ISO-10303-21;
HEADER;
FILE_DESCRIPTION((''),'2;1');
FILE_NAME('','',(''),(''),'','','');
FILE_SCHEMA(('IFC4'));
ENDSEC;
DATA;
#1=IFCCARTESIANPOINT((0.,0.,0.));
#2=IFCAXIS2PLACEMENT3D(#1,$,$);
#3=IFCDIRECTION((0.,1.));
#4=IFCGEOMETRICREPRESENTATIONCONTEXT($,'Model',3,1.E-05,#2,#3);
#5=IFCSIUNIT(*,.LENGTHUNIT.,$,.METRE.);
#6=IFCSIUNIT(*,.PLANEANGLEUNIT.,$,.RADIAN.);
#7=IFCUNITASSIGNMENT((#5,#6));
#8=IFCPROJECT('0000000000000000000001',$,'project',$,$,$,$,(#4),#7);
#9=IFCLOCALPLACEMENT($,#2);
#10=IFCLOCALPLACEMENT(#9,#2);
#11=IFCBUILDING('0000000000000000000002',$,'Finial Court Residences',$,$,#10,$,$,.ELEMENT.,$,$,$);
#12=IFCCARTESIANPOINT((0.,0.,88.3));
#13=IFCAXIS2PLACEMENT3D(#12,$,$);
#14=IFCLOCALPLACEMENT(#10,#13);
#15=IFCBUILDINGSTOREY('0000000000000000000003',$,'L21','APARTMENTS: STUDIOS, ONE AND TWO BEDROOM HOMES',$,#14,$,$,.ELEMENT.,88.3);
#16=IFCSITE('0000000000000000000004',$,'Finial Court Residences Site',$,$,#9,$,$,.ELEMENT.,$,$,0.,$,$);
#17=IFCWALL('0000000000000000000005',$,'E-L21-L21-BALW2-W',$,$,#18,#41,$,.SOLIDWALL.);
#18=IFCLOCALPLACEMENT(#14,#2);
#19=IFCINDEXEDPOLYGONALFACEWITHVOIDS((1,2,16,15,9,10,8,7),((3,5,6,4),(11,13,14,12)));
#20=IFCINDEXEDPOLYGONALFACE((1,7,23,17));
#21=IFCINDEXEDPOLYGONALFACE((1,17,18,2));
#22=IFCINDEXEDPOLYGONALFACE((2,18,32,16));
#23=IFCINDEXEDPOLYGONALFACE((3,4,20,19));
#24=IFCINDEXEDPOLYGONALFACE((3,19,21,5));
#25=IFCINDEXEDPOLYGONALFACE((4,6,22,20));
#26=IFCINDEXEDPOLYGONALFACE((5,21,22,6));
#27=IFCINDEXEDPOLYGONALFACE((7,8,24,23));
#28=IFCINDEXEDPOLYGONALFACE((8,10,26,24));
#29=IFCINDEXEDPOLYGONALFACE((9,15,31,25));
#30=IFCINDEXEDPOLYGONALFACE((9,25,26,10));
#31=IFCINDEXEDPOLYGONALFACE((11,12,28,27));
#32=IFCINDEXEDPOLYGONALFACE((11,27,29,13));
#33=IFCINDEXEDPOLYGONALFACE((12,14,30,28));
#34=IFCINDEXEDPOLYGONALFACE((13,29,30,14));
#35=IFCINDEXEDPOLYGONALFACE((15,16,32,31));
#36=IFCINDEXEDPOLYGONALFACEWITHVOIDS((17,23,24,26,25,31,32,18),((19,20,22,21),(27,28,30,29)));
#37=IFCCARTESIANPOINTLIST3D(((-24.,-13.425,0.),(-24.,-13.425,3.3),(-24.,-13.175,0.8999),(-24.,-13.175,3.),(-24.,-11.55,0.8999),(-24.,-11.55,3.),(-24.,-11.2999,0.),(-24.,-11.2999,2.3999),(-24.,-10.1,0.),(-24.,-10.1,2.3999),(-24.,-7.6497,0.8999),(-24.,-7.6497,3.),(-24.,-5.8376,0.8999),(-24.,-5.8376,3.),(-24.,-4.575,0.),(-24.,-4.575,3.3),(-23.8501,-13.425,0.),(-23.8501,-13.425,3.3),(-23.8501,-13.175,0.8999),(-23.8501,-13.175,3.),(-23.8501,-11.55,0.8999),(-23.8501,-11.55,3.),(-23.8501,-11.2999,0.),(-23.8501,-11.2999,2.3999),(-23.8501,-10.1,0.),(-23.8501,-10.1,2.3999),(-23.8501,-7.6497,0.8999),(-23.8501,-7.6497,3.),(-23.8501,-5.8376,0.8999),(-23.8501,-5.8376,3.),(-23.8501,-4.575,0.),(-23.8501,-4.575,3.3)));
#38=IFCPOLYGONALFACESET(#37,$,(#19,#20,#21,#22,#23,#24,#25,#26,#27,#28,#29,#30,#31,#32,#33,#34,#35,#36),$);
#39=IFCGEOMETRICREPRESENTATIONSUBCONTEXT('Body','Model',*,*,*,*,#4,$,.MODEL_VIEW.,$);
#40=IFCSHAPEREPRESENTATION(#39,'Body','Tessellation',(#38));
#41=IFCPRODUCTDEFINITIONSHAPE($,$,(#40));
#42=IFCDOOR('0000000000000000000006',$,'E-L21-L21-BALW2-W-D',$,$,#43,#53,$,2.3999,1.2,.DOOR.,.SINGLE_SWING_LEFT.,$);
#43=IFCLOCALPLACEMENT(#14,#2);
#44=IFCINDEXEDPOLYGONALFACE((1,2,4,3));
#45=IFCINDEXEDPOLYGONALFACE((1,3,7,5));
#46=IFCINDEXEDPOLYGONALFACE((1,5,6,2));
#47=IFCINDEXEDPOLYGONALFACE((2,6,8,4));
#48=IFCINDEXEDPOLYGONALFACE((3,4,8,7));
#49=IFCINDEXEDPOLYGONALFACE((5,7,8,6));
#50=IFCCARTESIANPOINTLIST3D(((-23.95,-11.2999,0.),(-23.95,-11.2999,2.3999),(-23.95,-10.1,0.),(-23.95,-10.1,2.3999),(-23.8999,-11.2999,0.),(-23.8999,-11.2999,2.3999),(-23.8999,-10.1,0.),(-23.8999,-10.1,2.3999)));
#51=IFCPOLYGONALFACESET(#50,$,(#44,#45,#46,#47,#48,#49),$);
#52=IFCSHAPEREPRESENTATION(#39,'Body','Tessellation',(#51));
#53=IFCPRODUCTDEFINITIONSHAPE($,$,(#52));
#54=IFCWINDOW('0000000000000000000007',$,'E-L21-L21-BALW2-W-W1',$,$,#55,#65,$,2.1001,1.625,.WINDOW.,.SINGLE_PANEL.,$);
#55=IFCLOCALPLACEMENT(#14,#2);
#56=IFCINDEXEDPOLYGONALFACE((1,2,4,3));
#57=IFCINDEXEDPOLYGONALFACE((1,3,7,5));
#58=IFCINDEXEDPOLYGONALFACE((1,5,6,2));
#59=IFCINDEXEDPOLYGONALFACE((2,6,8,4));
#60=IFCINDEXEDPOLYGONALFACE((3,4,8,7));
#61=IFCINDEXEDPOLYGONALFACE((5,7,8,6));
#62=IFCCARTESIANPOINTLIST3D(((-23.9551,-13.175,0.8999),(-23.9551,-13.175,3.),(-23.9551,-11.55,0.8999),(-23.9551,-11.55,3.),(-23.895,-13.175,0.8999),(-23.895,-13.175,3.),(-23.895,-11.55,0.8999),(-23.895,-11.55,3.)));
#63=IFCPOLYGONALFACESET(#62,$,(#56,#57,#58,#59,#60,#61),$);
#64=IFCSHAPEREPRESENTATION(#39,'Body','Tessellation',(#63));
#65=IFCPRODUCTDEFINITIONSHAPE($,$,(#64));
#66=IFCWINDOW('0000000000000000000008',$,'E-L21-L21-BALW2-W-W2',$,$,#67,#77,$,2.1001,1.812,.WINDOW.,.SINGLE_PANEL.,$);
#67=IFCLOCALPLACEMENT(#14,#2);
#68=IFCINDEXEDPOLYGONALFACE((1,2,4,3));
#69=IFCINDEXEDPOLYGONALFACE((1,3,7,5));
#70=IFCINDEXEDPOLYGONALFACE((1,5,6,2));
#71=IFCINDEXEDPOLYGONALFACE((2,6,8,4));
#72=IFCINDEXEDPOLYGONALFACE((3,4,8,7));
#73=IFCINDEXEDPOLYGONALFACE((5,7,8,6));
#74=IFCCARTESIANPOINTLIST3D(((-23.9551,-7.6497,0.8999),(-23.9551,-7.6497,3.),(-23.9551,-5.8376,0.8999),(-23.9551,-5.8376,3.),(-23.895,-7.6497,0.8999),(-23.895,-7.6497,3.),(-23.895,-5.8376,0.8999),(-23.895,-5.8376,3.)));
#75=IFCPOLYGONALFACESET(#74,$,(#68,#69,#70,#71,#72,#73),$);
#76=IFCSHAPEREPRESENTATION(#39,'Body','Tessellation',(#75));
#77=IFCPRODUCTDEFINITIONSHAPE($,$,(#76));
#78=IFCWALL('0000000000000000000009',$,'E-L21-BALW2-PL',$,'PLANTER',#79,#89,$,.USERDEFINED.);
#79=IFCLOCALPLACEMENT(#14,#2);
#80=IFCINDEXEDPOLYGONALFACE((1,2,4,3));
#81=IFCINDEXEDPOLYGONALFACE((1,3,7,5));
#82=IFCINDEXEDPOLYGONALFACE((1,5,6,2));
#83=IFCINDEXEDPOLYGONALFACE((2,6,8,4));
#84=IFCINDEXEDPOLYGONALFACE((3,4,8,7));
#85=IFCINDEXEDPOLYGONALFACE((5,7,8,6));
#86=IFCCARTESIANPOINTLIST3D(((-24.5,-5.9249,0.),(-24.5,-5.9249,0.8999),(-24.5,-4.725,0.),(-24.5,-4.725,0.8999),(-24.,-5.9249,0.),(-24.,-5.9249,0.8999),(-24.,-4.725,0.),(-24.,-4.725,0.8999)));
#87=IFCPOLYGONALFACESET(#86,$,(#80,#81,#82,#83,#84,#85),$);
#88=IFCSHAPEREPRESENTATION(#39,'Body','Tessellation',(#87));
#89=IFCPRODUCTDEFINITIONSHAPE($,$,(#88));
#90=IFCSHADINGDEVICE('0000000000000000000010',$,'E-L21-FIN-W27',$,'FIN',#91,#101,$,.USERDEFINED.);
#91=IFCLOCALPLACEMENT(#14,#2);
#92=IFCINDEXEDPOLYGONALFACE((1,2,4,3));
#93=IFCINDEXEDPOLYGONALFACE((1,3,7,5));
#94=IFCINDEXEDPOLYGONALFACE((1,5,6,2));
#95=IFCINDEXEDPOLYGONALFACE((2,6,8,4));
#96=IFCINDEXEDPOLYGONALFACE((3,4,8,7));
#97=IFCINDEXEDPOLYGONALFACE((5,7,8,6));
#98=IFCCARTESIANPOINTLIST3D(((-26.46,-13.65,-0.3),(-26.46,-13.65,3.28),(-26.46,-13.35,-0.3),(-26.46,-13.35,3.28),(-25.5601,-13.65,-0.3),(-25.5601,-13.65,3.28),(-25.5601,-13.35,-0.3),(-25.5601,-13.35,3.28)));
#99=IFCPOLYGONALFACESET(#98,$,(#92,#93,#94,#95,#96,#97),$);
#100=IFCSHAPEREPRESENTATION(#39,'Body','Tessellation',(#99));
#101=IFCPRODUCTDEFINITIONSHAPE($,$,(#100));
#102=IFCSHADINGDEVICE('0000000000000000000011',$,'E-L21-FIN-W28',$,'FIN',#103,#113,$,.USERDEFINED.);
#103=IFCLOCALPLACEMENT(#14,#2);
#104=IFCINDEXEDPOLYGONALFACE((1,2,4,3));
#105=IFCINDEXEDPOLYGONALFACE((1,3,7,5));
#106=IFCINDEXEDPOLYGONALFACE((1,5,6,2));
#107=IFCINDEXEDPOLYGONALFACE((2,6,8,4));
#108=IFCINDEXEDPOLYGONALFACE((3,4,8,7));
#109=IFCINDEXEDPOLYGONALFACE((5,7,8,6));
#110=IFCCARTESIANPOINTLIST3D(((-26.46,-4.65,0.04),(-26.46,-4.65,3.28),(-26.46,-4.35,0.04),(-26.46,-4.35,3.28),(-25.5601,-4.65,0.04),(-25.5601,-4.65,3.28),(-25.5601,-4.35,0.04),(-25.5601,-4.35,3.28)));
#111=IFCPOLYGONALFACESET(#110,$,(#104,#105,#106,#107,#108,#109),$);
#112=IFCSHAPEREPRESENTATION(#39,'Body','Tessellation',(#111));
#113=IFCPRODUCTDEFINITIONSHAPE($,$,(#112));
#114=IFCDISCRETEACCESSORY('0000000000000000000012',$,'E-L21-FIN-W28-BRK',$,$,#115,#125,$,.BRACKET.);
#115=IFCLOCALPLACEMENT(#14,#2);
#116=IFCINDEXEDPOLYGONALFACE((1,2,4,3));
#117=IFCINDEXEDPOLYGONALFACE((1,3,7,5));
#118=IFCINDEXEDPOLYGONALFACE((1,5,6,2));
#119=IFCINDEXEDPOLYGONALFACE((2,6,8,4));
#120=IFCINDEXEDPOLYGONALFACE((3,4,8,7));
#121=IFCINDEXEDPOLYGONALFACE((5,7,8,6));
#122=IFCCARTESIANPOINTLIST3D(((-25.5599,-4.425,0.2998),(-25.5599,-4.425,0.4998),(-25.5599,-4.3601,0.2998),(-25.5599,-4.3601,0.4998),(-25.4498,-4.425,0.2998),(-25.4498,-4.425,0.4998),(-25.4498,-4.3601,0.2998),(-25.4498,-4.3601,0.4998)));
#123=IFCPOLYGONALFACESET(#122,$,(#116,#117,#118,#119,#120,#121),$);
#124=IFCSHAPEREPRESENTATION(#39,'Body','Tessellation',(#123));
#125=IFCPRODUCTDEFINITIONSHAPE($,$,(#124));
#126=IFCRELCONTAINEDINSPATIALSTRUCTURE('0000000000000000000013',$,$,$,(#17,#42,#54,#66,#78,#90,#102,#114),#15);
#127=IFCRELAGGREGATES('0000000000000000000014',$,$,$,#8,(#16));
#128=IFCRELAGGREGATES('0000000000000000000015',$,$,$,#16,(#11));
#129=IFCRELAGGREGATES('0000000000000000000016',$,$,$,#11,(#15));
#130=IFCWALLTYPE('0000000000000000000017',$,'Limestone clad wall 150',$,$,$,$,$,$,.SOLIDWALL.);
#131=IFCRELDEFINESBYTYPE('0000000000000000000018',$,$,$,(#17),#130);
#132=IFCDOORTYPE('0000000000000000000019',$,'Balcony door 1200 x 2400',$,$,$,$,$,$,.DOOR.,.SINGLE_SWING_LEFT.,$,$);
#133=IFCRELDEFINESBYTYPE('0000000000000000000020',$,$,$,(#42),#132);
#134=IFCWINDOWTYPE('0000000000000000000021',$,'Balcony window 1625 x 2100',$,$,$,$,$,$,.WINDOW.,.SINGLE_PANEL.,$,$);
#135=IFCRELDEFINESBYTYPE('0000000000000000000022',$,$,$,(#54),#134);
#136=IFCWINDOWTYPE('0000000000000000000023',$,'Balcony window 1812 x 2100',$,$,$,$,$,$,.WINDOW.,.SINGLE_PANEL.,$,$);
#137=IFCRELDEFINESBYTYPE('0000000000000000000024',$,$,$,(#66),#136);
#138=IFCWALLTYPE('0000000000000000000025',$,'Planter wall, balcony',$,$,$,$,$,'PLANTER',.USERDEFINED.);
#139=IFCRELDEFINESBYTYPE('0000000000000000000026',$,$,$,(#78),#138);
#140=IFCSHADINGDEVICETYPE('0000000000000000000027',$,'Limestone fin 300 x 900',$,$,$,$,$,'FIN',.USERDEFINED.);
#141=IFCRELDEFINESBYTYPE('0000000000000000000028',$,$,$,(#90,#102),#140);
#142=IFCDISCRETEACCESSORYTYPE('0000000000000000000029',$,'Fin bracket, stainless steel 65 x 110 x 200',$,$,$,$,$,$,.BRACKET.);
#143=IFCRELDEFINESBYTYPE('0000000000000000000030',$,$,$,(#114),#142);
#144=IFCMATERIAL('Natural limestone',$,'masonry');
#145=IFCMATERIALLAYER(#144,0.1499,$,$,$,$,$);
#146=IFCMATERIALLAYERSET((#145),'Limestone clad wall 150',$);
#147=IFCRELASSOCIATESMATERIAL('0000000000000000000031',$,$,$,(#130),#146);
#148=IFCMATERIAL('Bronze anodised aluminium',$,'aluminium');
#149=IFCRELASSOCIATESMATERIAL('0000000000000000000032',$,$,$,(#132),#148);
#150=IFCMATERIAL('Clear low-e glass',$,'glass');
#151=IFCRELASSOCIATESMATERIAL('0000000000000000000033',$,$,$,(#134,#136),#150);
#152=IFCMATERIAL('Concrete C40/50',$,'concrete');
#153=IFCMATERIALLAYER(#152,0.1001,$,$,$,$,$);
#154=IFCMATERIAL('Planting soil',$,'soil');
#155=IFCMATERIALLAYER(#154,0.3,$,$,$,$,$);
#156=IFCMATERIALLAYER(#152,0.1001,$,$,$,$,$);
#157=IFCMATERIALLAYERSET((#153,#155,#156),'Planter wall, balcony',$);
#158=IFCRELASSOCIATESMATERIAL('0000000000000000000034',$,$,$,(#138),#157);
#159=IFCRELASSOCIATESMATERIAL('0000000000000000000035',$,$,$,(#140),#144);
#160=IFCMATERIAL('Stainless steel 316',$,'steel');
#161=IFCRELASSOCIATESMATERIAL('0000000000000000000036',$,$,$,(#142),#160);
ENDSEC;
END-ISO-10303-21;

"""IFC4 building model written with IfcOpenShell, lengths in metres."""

from ifc_helpers import new_model, si_unit, direction, frame, frame_2d, origin, origin_2d, place, context, subcontext, project, spatial, rectangle, extrude, material, layer, layer_set, type_object, element, fill, save


model = new_model("IFC4")

# Units and contexts
model_context = context("Model", 3, precision=1e-05, world=origin(), true_north=direction((0.0, 1.0)))
body_context = subcontext(model_context, "Body", "Model", "MODEL_VIEW")
ifc_project = project(units=[si_unit("LENGTHUNIT", "METRE"), si_unit("PLANEANGLEUNIT", "RADIAN")], contexts=[model_context])

# Site, building, storey
site_placement = place(None, origin())
site = spatial("IfcSite", under=ifc_project, at=site_placement, Name="Finial Court Residences Site", CompositionType="ELEMENT", RefElevation=0.0)
building_placement = place(site_placement, origin())
building = spatial("IfcBuilding", under=site, at=building_placement, Name="Finial Court Residences", CompositionType="ELEMENT")
storey_placement = place(building_placement, frame((0.0, 0.0, 88.3)))
storey = spatial("IfcBuildingStorey", under=building, at=storey_placement, Name="L21", Description="APARTMENTS: STUDIOS, ONE AND TWO BEDROOM HOMES", CompositionType="ELEMENT", Elevation=88.3)

# Shared definitions
ifc_material_1 = material(Name="Bronze anodised aluminium", Category="aluminium")

# Shared definitions
ifc_material_2 = material(Name="Natural limestone", Category="masonry")
ifc_layer_1 = layer(ifc_material_2, 0.1499)
ifc_layer_set_1 = layer_set([ifc_layer_1], Name="Limestone clad wall 150")
wall_type_1 = type_object("IfcWallType", Name="Limestone clad wall 150", PredefinedType="SOLIDWALL", material=ifc_layer_set_1)

# Wall, openings, door, windows
wall_1_placement = place(storey_placement, frame((-23.925, -13.425, 0.0), z_axis=(0.0, 0.0, 1.0), x_axis=(0.0, 1.0, 0.0)))
wall_1 = element("IfcWall", 1, at=wall_1_placement, inside=storey, type_object=wall_type_1, Name="E-L21-L21-BALW2-W", PredefinedType="SOLIDWALL", context=body_context, shape_type="SweptSolid", body=[
    extrude(rectangle(XDim=8.8501, YDim=0.1499, at=frame_2d((4.425, 0.0))), origin(), (0.0, 0.0, 1.0), 3.3),
])
opening_1_placement = place(wall_1_placement, frame((2.125, 0.0, 0.0)))
opening_1 = element("IfcOpeningElement", 2, at=opening_1_placement, cuts=wall_1, PredefinedType="OPENING", context=body_context, shape_type="SweptSolid", body=[
    extrude(rectangle(XDim=1.2, YDim=2.3999, at=frame_2d((0.6001, 1.2))), frame((0.0, 0.085, 0.0), z_axis=(0.0, -1.0, 0.0), x_axis=(1.0, 0.0, 0.0)), (0.0, 0.0, 1.0), 0.1699),
])
opening_2_placement = place(wall_1_placement, frame((0.25, 0.0, 0.8999)))
opening_2 = element("IfcOpeningElement", 3, at=opening_2_placement, cuts=wall_1, PredefinedType="OPENING", context=body_context, shape_type="SweptSolid", body=[
    extrude(rectangle(XDim=1.625, YDim=2.1001, at=frame_2d((0.8125, 1.05))), frame((0.0, 0.085, 0.0), z_axis=(0.0, -1.0, 0.0), x_axis=(1.0, 0.0, 0.0)), (0.0, 0.0, 1.0), 0.1699),
])
opening_3_placement = place(wall_1_placement, frame((5.7754, 0.0, 0.8999)))
opening_3 = element("IfcOpeningElement", 4, at=opening_3_placement, cuts=wall_1, PredefinedType="OPENING", context=body_context, shape_type="SweptSolid", body=[
    extrude(rectangle(XDim=1.812, YDim=2.1001, at=frame_2d((0.906, 1.05))), frame((0.0, 0.085, 0.0), z_axis=(0.0, -1.0, 0.0), x_axis=(1.0, 0.0, 0.0)), (0.0, 0.0, 1.0), 0.1699),
])
door_type_1 = type_object("IfcDoorType", Name="Balcony door 1200 x 2400", OperationType="SINGLE_SWING_LEFT", PredefinedType="DOOR", material=ifc_material_1)
door_1_placement = place(opening_1_placement, origin())
door_1 = element("IfcDoor", 5, at=door_1_placement, inside=storey, type_object=door_type_1, Name="E-L21-L21-BALW2-W-D", OperationType="SINGLE_SWING_LEFT", OverallHeight=2.3999, OverallWidth=1.2, PredefinedType="DOOR", context=body_context, shape_type="SweptSolid", body=[
    extrude(rectangle(XDim=1.2, YDim=2.3999, at=frame_2d((0.6001, 1.2))), frame((0.0, 0.0249, 0.0), z_axis=(0.0, -1.0, 0.0), x_axis=(1.0, 0.0, 0.0)), (0.0, 0.0, 1.0), 0.05),
])
fill(opening_1, door_1)
ifc_material_3 = material(Name="Clear low-e glass", Category="glass")
window_type_1 = type_object("IfcWindowType", Name="Balcony window 1625 x 2100", PartitioningType="SINGLE_PANEL", PredefinedType="WINDOW", material=ifc_material_3)
window_1_placement = place(opening_2_placement, origin())
window_1 = element("IfcWindow", 6, at=window_1_placement, inside=storey, type_object=window_type_1, Name="E-L21-L21-BALW2-W-W1", OverallHeight=2.1001, OverallWidth=1.625, PartitioningType="SINGLE_PANEL", PredefinedType="WINDOW", context=body_context, shape_type="SweptSolid", body=[
    extrude(rectangle(XDim=1.625, YDim=2.1001, at=frame_2d((0.8125, 1.05))), frame((0.0, 0.03, 0.0), z_axis=(0.0, -1.0, 0.0), x_axis=(1.0, 0.0, 0.0)), (0.0, 0.0, 1.0), 0.0601),
])
fill(opening_2, window_1)
window_type_2 = type_object("IfcWindowType", Name="Balcony window 1812 x 2100", PartitioningType="SINGLE_PANEL", PredefinedType="WINDOW", material=ifc_material_3)
window_2_placement = place(opening_3_placement, origin())
window_2 = element("IfcWindow", 7, at=window_2_placement, inside=storey, type_object=window_type_2, Name="E-L21-L21-BALW2-W-W2", OverallHeight=2.1001, OverallWidth=1.812, PartitioningType="SINGLE_PANEL", PredefinedType="WINDOW", context=body_context, shape_type="SweptSolid", body=[
    extrude(rectangle(XDim=1.812, YDim=2.1001, at=frame_2d((0.906, 1.05))), frame((0.0, 0.03, 0.0), z_axis=(0.0, -1.0, 0.0), x_axis=(1.0, 0.0, 0.0)), (0.0, 0.0, 1.0), 0.0601),
])
fill(opening_3, window_2)

# Wall
ifc_material_4 = material(Name="Concrete C40/50", Category="concrete")
ifc_layer_2 = layer(ifc_material_4, 0.1001)
ifc_material_5 = material(Name="Planting soil", Category="soil")
ifc_layer_3 = layer(ifc_material_5, 0.3)
ifc_layer_4 = layer(ifc_material_4, 0.1001)
ifc_layer_set_2 = layer_set([ifc_layer_2, ifc_layer_3, ifc_layer_4], Name="Planter wall, balcony")
wall_type_2 = type_object("IfcWallType", Name="Planter wall, balcony", ElementType="PLANTER", PredefinedType="USERDEFINED", material=ifc_layer_set_2)
wall_2_placement = place(storey_placement, frame((-24.25, -5.925, 0.0), z_axis=(0.0, 0.0, 1.0), x_axis=(0.0, 1.0, 0.0)))
element("IfcWall", 8, at=wall_2_placement, inside=storey, type_object=wall_type_2, Name="E-L21-BALW2-PL", ObjectType="PLANTER", PredefinedType="USERDEFINED", context=body_context, shape_type="SweptSolid", body=[
    extrude(rectangle(XDim=1.2, YDim=0.5, at=frame_2d((0.6001, 0.0))), origin(), (0.0, 0.0, 1.0), 0.8999),
])

# Shading devices
shading_device_type = type_object("IfcShadingDeviceType", Name="Limestone fin 300 x 900", ElementType="FIN", PredefinedType="USERDEFINED", material=ifc_material_2)
shading_device_1_placement = place(storey_placement, frame((-26.01, -13.5, -0.3), z_axis=(0.0, 0.0, 1.0), x_axis=(1.0, 0.0, 0.0)))
element("IfcShadingDevice", 9, at=shading_device_1_placement, inside=storey, type_object=shading_device_type, Name="E-L21-FIN-W27", ObjectType="FIN", PredefinedType="USERDEFINED", context=body_context, shape_type="SweptSolid", body=[
    extrude(rectangle(XDim=0.8999, YDim=0.3, at=origin_2d()), origin(), (0.0, 0.0, 1.0), 3.5801),
])
shading_device_2_placement = place(storey_placement, frame((-26.01, -4.5, 0.04), z_axis=(0.0, 0.0, 1.0), x_axis=(1.0, 0.0, 0.0)))
element("IfcShadingDevice", 10, at=shading_device_2_placement, inside=storey, type_object=shading_device_type, Name="E-L21-FIN-W28", ObjectType="FIN", PredefinedType="USERDEFINED", context=body_context, shape_type="SweptSolid", body=[
    extrude(rectangle(XDim=0.8999, YDim=0.3, at=origin_2d()), origin(), (0.0, 0.0, 1.0), 3.24),
])

# Discrete accessory
ifc_material_6 = material(Name="Stainless steel 316", Category="steel")
discrete_accessory_type = type_object("IfcDiscreteAccessoryType", Name="Fin bracket, stainless steel 65 x 110 x 200", PredefinedType="BRACKET", material=ifc_material_6)
discrete_accessory_placement = place(storey_placement, frame((-25.5049, -4.3926, 0.2998), z_axis=(0.0, 0.0, 1.0), x_axis=(1.0, 0.0, 0.0)))
element("IfcDiscreteAccessory", 11, at=discrete_accessory_placement, inside=storey, type_object=discrete_accessory_type, Name="E-L21-FIN-W28-BRK", PredefinedType="BRACKET", context=body_context, shape_type="SweptSolid", body=[
    extrude(rectangle(XDim=0.1101, YDim=0.0649, at=origin_2d()), origin(), (0.0, 0.0, 1.0), 0.2),
])

save(model, "model.ifc")
